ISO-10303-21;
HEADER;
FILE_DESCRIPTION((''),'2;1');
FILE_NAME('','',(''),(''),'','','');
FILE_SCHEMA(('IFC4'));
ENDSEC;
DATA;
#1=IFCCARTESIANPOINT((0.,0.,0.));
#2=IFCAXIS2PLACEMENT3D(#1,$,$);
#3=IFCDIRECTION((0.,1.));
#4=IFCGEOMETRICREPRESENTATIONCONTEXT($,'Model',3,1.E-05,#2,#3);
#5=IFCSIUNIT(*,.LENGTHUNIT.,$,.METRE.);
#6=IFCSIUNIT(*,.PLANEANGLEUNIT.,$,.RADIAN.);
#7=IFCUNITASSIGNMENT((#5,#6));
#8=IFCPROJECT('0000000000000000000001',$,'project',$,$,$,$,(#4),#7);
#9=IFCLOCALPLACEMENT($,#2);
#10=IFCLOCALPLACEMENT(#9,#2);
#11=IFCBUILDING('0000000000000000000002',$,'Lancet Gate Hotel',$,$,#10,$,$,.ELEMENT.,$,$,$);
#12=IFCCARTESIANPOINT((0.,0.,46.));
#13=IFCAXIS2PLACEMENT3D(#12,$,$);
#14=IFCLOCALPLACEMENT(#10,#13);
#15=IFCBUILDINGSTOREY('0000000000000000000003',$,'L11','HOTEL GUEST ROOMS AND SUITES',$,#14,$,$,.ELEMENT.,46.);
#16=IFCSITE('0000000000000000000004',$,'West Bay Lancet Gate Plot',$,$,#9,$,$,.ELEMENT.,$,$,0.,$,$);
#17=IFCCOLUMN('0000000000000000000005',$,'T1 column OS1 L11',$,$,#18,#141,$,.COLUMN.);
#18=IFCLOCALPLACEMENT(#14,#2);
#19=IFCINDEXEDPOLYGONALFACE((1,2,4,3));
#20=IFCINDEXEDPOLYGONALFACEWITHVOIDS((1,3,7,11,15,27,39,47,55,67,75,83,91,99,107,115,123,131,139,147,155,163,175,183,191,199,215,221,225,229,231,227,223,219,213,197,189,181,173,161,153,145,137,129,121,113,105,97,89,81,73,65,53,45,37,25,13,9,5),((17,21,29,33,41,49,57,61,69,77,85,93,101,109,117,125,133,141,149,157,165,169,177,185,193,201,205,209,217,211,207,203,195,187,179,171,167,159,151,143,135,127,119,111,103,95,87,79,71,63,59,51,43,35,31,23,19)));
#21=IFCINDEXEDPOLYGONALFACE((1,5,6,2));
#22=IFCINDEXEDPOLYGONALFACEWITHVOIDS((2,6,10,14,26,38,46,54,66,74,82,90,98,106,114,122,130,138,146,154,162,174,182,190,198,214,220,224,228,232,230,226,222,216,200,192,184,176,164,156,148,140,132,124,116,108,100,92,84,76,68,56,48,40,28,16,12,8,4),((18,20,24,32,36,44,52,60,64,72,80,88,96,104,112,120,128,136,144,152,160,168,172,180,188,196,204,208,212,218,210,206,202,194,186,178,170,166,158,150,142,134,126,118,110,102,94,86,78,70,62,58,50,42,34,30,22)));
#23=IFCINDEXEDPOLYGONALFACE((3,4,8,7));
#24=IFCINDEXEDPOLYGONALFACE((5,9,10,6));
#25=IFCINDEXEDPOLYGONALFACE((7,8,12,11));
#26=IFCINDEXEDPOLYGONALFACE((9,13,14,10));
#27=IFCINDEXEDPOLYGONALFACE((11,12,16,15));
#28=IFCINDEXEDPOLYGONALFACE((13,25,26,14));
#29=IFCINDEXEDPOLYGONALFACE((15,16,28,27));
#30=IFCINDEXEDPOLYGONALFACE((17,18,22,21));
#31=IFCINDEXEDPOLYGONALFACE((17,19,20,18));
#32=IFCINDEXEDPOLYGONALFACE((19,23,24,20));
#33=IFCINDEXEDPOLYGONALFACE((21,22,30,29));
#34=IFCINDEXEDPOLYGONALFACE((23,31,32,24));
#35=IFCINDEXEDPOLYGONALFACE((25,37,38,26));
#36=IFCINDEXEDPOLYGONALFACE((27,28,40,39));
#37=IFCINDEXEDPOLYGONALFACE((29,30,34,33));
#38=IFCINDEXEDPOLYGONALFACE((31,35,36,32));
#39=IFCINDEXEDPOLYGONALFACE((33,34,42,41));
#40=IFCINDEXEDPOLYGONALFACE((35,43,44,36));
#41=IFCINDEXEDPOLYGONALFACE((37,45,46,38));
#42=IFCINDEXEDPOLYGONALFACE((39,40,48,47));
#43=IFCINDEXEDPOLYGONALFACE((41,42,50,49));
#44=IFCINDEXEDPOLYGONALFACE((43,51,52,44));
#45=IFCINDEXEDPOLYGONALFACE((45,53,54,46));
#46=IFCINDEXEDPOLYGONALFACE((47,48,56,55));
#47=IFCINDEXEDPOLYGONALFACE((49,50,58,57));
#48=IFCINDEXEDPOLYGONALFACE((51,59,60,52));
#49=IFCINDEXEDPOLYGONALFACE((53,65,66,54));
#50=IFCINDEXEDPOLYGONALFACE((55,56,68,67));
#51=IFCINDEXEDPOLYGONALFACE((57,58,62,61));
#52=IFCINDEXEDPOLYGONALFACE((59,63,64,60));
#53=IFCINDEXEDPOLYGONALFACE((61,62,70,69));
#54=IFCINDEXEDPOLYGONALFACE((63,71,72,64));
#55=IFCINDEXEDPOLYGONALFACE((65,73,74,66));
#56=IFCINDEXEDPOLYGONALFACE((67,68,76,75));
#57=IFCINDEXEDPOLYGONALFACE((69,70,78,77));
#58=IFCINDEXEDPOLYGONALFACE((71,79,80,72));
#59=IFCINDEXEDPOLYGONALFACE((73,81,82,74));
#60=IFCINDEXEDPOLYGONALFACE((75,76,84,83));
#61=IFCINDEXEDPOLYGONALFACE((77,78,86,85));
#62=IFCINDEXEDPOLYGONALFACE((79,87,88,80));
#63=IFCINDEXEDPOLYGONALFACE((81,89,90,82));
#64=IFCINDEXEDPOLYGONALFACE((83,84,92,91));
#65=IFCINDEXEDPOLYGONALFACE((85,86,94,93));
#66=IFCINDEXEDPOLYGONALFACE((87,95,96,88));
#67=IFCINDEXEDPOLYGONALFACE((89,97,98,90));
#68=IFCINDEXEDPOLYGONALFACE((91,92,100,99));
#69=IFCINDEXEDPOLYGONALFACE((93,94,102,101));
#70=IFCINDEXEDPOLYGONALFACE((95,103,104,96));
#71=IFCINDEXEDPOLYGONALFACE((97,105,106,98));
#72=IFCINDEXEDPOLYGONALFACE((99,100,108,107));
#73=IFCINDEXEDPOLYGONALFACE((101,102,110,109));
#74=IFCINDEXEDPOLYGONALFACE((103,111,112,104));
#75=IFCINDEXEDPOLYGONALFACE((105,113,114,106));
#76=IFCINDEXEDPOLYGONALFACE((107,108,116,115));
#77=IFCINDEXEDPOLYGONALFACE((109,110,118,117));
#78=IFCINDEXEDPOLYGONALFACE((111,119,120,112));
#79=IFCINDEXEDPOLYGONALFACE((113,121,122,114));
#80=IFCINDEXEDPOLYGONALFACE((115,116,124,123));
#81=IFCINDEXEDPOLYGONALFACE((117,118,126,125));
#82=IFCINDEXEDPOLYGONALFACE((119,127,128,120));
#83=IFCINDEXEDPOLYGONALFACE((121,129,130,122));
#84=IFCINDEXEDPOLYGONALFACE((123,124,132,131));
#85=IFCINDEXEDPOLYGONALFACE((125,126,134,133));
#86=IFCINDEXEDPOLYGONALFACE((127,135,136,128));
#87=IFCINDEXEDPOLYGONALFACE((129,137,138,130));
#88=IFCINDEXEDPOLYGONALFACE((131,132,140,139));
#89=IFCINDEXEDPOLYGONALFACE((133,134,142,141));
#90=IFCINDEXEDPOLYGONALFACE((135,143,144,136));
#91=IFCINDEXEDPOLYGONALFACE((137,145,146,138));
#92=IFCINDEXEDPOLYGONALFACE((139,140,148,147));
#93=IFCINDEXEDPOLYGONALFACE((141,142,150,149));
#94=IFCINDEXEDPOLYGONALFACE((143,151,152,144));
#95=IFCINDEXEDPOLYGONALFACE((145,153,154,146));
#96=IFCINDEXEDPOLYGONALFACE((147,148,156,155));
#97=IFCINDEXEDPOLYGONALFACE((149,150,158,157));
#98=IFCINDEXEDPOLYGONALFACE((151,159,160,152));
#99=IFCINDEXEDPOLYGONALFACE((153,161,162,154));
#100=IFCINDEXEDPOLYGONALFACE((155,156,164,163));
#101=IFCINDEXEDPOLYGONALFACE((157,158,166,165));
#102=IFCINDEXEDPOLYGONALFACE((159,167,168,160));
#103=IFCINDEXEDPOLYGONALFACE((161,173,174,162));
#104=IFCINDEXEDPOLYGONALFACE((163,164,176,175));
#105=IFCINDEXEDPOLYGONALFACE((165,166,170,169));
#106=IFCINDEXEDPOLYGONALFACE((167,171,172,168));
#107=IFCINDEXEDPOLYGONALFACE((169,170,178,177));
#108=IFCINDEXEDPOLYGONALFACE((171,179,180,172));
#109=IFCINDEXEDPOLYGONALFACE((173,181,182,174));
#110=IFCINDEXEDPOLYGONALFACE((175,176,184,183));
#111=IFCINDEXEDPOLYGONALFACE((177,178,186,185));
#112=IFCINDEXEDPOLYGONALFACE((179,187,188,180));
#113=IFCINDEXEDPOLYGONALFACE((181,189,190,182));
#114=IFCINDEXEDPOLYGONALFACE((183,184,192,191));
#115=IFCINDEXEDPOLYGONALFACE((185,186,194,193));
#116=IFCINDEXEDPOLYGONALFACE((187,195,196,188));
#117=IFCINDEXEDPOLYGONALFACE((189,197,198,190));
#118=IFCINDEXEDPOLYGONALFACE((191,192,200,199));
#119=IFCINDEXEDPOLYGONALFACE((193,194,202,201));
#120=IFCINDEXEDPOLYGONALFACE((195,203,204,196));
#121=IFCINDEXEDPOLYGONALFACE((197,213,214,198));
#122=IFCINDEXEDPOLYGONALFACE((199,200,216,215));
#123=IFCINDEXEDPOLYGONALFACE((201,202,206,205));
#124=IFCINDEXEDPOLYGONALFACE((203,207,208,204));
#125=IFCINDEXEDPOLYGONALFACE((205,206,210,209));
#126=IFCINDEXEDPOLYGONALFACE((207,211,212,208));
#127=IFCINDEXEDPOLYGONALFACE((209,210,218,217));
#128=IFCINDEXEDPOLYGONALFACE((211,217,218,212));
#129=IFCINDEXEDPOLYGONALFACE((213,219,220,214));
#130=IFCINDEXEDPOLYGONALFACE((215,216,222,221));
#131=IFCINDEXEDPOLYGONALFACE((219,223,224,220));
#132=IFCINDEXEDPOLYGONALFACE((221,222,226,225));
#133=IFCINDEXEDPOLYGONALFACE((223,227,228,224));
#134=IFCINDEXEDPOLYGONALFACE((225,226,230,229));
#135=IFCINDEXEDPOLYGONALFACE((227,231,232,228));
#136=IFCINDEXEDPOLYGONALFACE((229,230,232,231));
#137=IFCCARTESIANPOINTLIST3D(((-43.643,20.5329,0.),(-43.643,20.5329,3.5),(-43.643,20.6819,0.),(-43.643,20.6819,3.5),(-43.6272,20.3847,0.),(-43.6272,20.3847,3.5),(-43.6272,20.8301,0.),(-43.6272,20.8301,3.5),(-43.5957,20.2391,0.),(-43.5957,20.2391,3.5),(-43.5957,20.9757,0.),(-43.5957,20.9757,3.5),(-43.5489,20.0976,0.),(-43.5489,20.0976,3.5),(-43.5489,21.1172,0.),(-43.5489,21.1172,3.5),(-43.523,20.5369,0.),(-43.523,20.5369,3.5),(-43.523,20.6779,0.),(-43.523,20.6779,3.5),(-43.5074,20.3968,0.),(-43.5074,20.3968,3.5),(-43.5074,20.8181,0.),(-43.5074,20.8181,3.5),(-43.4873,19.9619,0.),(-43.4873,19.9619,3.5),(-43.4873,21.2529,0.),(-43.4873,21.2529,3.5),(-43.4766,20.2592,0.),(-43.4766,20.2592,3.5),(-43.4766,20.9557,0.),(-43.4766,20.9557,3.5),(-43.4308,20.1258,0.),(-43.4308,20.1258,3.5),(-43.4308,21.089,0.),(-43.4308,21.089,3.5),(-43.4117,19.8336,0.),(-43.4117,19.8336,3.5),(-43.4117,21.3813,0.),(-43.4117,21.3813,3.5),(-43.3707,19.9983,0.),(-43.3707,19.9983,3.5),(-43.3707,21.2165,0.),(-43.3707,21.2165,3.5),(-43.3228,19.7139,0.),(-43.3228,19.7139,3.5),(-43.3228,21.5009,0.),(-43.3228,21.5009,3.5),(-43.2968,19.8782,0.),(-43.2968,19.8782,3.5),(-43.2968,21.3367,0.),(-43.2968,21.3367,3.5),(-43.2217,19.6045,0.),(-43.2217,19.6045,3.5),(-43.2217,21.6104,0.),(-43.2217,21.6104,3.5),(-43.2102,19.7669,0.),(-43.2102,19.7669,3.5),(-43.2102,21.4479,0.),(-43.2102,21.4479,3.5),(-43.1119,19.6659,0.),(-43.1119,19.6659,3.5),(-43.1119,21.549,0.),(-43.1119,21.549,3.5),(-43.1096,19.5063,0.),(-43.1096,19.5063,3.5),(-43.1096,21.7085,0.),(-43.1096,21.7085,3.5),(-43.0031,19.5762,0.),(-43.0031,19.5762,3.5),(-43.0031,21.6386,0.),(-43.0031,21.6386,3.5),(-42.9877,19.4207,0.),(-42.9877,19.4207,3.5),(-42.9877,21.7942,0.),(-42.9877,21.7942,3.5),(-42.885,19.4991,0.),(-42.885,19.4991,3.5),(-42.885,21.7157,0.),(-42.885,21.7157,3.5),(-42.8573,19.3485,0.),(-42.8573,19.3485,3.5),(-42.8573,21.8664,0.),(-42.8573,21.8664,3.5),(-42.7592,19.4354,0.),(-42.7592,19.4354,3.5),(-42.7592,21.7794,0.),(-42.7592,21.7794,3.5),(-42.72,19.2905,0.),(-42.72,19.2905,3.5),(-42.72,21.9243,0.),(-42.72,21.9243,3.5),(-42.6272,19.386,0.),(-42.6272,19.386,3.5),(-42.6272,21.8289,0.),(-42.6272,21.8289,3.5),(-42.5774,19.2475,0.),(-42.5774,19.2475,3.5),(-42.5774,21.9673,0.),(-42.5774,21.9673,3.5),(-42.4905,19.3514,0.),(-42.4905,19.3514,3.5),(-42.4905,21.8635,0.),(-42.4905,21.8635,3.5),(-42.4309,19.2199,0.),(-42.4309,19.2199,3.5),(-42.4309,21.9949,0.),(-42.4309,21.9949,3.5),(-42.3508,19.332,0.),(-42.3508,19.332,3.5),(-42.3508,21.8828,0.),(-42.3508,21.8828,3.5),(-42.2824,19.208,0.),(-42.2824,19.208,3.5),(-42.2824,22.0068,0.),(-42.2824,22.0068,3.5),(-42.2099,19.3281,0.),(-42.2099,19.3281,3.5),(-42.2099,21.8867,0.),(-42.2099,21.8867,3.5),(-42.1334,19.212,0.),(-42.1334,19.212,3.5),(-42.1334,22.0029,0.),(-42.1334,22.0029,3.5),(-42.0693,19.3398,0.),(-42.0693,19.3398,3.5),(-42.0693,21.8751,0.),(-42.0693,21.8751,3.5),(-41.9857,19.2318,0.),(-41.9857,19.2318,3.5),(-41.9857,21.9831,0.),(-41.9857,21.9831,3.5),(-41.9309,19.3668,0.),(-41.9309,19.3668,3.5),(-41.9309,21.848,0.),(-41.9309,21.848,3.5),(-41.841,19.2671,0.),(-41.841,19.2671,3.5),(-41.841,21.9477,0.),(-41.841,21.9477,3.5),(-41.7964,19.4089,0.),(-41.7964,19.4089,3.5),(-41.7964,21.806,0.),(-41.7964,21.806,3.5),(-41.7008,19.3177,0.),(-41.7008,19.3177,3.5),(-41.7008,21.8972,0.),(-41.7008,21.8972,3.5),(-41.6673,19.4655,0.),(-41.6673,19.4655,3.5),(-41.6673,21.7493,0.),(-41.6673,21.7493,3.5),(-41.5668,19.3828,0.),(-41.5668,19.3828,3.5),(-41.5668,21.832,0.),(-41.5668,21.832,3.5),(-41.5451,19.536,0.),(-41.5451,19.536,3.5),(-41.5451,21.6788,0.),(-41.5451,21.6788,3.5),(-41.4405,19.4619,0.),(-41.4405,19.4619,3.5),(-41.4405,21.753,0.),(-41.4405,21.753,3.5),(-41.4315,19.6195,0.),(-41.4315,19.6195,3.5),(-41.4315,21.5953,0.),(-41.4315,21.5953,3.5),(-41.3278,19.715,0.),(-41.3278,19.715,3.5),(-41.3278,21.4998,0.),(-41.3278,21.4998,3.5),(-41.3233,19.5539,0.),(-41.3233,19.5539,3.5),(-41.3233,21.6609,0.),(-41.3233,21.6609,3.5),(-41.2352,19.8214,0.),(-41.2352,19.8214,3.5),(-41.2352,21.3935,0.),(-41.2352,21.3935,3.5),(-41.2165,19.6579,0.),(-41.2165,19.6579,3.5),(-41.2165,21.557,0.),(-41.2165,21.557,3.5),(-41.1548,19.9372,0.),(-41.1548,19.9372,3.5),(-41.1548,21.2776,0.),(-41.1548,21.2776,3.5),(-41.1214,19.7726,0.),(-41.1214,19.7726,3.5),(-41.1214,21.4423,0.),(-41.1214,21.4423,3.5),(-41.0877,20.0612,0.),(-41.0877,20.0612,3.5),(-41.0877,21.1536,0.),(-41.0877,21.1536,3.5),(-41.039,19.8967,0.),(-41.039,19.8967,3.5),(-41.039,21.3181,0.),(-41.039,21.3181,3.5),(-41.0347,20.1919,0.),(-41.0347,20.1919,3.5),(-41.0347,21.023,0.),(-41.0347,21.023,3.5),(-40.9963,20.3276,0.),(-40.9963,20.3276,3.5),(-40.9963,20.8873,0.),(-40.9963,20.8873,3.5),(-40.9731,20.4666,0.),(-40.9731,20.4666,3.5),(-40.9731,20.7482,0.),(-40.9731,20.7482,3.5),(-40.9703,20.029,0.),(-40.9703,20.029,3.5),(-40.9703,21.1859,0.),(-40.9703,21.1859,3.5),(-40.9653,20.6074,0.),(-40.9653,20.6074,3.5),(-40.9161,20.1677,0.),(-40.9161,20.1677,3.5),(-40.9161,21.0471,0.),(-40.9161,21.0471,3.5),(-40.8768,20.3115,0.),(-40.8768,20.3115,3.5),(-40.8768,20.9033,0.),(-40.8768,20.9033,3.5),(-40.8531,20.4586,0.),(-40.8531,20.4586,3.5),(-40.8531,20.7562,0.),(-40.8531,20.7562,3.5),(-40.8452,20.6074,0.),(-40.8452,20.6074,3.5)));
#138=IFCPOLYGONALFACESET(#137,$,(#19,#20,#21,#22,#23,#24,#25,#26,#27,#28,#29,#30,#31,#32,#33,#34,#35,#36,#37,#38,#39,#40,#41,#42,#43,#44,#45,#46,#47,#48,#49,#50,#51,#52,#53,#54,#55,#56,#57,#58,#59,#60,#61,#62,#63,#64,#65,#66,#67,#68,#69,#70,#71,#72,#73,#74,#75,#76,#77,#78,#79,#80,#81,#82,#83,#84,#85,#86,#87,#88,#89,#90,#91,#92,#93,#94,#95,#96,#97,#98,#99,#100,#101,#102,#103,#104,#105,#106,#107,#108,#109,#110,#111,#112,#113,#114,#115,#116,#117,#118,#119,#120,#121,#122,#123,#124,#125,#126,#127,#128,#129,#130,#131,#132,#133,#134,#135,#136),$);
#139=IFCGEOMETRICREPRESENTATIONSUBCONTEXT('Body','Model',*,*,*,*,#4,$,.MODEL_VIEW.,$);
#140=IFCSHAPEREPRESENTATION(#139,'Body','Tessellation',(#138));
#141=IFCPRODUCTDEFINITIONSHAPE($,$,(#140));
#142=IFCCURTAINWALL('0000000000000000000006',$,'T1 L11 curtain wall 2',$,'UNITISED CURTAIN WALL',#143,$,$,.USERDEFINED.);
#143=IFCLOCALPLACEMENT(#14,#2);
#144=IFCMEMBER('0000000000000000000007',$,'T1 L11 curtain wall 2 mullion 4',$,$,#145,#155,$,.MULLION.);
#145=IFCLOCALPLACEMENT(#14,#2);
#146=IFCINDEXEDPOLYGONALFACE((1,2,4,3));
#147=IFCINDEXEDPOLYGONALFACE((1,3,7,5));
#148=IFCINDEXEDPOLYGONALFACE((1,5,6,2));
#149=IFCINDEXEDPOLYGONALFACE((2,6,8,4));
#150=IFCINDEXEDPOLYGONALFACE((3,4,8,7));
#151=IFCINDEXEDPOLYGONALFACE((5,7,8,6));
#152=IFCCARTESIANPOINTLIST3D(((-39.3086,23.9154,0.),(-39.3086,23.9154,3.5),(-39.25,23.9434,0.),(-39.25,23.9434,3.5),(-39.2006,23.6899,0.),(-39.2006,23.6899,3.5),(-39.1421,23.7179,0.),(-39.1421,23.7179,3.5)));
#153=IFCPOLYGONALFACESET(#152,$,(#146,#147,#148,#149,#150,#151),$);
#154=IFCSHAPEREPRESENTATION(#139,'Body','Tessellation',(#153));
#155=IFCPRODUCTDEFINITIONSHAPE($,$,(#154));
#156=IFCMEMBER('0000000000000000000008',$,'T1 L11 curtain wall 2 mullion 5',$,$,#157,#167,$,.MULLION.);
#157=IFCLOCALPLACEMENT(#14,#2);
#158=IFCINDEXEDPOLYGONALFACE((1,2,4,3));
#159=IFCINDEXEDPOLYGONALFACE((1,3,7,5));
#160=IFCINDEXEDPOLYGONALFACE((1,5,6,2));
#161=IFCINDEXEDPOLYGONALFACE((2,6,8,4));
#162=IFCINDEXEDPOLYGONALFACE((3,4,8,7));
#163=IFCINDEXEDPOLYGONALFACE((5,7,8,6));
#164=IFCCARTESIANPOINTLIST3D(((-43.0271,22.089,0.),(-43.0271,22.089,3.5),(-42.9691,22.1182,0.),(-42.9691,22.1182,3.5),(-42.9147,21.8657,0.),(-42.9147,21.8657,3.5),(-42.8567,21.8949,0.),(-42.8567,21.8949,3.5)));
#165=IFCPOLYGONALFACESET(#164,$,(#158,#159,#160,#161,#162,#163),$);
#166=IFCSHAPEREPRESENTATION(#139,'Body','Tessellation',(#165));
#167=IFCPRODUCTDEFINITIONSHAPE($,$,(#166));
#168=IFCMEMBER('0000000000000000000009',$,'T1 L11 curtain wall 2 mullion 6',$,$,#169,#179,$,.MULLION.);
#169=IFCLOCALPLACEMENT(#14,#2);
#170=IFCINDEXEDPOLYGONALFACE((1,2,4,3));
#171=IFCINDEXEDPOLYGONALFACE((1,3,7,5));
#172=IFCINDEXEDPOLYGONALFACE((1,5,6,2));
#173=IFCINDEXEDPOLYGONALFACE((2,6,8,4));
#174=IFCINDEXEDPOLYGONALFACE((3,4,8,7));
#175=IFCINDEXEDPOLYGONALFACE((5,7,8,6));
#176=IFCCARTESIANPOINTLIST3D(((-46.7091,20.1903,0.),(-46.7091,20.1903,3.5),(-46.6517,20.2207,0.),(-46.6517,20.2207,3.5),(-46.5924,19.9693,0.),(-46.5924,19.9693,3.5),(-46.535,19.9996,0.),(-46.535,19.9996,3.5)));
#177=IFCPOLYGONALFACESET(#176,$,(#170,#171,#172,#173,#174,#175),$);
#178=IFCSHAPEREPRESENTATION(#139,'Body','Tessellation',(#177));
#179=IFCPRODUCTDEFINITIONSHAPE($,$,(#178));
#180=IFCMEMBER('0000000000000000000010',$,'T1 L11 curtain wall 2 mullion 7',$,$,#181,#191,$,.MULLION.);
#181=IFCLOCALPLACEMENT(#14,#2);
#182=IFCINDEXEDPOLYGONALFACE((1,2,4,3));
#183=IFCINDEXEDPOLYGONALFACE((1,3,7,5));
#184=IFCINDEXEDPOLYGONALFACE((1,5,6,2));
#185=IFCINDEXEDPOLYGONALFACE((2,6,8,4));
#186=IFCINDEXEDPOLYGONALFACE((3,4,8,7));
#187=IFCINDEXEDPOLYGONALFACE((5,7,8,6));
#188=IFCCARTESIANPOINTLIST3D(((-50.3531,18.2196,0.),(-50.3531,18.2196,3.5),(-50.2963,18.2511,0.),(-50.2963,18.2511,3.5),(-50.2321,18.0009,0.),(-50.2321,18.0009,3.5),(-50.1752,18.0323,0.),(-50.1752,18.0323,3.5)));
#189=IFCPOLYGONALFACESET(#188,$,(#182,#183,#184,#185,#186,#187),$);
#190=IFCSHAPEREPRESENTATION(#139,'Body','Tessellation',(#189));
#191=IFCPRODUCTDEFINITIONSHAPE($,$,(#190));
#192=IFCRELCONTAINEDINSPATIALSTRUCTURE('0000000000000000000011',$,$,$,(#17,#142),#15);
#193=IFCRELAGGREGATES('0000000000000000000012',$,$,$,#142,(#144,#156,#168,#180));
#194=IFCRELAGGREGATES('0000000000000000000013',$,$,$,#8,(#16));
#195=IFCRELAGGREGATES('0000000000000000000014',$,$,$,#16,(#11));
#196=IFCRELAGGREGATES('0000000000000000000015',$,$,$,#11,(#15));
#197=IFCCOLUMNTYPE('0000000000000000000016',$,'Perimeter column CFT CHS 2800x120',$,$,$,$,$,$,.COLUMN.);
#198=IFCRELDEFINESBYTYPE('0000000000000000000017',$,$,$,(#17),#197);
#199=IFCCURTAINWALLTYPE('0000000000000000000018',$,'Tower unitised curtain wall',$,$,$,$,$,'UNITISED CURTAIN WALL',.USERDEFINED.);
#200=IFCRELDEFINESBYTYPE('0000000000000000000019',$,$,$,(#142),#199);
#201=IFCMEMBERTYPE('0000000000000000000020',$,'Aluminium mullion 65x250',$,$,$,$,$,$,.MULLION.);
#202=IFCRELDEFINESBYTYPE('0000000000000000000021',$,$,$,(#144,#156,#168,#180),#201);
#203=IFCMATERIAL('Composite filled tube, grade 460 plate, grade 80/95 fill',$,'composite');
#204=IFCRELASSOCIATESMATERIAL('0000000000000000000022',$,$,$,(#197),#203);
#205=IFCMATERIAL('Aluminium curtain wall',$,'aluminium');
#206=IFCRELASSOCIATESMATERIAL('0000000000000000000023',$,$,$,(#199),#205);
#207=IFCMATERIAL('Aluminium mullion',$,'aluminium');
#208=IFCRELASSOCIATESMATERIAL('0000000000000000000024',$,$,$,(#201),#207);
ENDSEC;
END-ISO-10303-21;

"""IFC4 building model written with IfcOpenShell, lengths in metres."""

from ifc_helpers import new_model, si_unit, direction, frame, origin, origin_2d, place, context, subcontext, project, spatial, rectangle, hollow_circle, extrude, material, material_profile, profile_set, type_object, element, aggregate, save


model = new_model("IFC4")

# Units and contexts
model_context = context("Model", 3, precision=1e-05, world=origin(), true_north=direction((0.0, 1.0)))
body_context = subcontext(model_context, "Body", "Model", "MODEL_VIEW")
ifc_project = project(units=[si_unit("LENGTHUNIT", "METRE"), si_unit("PLANEANGLEUNIT", "RADIAN")], contexts=[model_context])

# Site, building, storey
site_placement = place(None, origin())
site = spatial("IfcSite", under=ifc_project, at=site_placement, Name="West Bay Lancet Gate Plot", CompositionType="ELEMENT", RefElevation=0.0)
building_placement = place(site_placement, origin())
building = spatial("IfcBuilding", under=site, at=building_placement, Name="Lancet Gate Hotel", CompositionType="ELEMENT")
storey_placement = place(building_placement, frame((0.0, 0.0, 46.0)))
storey = spatial("IfcBuildingStorey", under=building, at=storey_placement, Name="L11", Description="HOTEL GUEST ROOMS AND SUITES", CompositionType="ELEMENT", Elevation=46.0)

# Column
ifc_material_1 = material(Name="Composite filled tube, grade 460 plate, grade 80/95 fill", Category="composite")
ifc_material_profile_1 = material_profile(ifc_material_1, hollow_circle(Radius=1.3999, WallThickness=0.1201, at=origin_2d()), Name="CHS 2800x120")
ifc_profile_set_1 = profile_set([ifc_material_profile_1], Name="Composite filled tube, grade 460 plate, grade 80/95 fill")
column_type = type_object("IfcColumnType", Name="Perimeter column CFT CHS 2800x120", PredefinedType="COLUMN", material=ifc_profile_set_1)
column_placement = place(storey_placement, frame((-42.2451, 20.6074, 0.0), z_axis=(0.0, 0.0, 1.0), x_axis=(1.0, 0.0, 0.0)))
element("IfcColumn", 1, at=column_placement, inside=storey, type_object=column_type, Name="T1 column OS1 L11", PredefinedType="COLUMN", context=body_context, shape_type="SweptSolid", body=[
    extrude(hollow_circle(Radius=1.3999, WallThickness=0.1201, at=origin_2d()), origin(), (0.0, 0.0, 1.0), 3.5),
])

# Curtain wall, members
ifc_material_2 = material(Name="Aluminium curtain wall", Category="aluminium")
curtain_wall_type = type_object("IfcCurtainWallType", Name="Tower unitised curtain wall", ElementType="UNITISED CURTAIN WALL", PredefinedType="USERDEFINED", material=ifc_material_2)
curtain_wall_placement = place(storey_placement, origin())
curtain_wall = element("IfcCurtainWall", 2, at=curtain_wall_placement, inside=storey, type_object=curtain_wall_type, Name="T1 L11 curtain wall 2", ObjectType="UNITISED CURTAIN WALL", PredefinedType="USERDEFINED")
ifc_material_3 = material(Name="Aluminium mullion", Category="aluminium")
ifc_material_profile_2 = material_profile(ifc_material_3, rectangle(XDim=0.0649, YDim=0.25, at=origin_2d()), Name="MULLION 65x250")
ifc_profile_set_2 = profile_set([ifc_material_profile_2], Name="Aluminium mullion")
member_type_1 = type_object("IfcMemberType", Name="Aluminium mullion 65x250", PredefinedType="MULLION", material=ifc_profile_set_2)
member_1_placement = place(storey_placement, frame((-39.2253, 23.8167, 0.0), z_axis=(0.0, 0.0, 1.0), x_axis=(-0.901929, -0.431885, 0.0)))
member_1 = element("IfcMember", 3, at=member_1_placement, type_object=member_type_1, Name="T1 L11 curtain wall 2 mullion 4", PredefinedType="MULLION", context=body_context, shape_type="SweptSolid", body=[
    extrude(rectangle(XDim=0.0649, YDim=0.25, at=origin_2d()), origin(), (0.0, 0.0, 1.0), 3.5),
])
member_2_placement = place(storey_placement, frame((-42.9419, 21.9919, 0.0), z_axis=(0.0, 0.0, 1.0), x_axis=(-0.893292, -0.449478, 0.0)))
member_2 = element("IfcMember", 4, at=member_2_placement, type_object=member_type_1, Name="T1 L11 curtain wall 2 mullion 5", PredefinedType="MULLION", context=body_context, shape_type="SweptSolid", body=[
    extrude(rectangle(XDim=0.0649, YDim=0.25, at=origin_2d()), origin(), (0.0, 0.0, 1.0), 3.5),
])
member_3_placement = place(storey_placement, frame((-46.6221, 20.095, 0.0), z_axis=(0.0, 0.0, 1.0), x_axis=(-0.884311, -0.466898, 0.0)))
member_3 = element("IfcMember", 5, at=member_3_placement, type_object=member_type_1, Name="T1 L11 curtain wall 2 mullion 6", PredefinedType="MULLION", context=body_context, shape_type="SweptSolid", body=[
    extrude(rectangle(XDim=0.0649, YDim=0.25, at=origin_2d()), origin(), (0.0, 0.0, 1.0), 3.5),
])
member_4_placement = place(storey_placement, frame((-50.2642, 18.126, 0.0), z_axis=(0.0, 0.0, 1.0), x_axis=(-0.874991, -0.484139, 0.0)))
member_4 = element("IfcMember", 6, at=member_4_placement, type_object=member_type_1, Name="T1 L11 curtain wall 2 mullion 7", PredefinedType="MULLION", context=body_context, shape_type="SweptSolid", body=[
    extrude(rectangle(XDim=0.0649, YDim=0.25, at=origin_2d()), origin(), (0.0, 0.0, 1.0), 3.5),
])

aggregate(curtain_wall, [member_1, member_2, member_3, member_4])

save(model, "model.ifc")
